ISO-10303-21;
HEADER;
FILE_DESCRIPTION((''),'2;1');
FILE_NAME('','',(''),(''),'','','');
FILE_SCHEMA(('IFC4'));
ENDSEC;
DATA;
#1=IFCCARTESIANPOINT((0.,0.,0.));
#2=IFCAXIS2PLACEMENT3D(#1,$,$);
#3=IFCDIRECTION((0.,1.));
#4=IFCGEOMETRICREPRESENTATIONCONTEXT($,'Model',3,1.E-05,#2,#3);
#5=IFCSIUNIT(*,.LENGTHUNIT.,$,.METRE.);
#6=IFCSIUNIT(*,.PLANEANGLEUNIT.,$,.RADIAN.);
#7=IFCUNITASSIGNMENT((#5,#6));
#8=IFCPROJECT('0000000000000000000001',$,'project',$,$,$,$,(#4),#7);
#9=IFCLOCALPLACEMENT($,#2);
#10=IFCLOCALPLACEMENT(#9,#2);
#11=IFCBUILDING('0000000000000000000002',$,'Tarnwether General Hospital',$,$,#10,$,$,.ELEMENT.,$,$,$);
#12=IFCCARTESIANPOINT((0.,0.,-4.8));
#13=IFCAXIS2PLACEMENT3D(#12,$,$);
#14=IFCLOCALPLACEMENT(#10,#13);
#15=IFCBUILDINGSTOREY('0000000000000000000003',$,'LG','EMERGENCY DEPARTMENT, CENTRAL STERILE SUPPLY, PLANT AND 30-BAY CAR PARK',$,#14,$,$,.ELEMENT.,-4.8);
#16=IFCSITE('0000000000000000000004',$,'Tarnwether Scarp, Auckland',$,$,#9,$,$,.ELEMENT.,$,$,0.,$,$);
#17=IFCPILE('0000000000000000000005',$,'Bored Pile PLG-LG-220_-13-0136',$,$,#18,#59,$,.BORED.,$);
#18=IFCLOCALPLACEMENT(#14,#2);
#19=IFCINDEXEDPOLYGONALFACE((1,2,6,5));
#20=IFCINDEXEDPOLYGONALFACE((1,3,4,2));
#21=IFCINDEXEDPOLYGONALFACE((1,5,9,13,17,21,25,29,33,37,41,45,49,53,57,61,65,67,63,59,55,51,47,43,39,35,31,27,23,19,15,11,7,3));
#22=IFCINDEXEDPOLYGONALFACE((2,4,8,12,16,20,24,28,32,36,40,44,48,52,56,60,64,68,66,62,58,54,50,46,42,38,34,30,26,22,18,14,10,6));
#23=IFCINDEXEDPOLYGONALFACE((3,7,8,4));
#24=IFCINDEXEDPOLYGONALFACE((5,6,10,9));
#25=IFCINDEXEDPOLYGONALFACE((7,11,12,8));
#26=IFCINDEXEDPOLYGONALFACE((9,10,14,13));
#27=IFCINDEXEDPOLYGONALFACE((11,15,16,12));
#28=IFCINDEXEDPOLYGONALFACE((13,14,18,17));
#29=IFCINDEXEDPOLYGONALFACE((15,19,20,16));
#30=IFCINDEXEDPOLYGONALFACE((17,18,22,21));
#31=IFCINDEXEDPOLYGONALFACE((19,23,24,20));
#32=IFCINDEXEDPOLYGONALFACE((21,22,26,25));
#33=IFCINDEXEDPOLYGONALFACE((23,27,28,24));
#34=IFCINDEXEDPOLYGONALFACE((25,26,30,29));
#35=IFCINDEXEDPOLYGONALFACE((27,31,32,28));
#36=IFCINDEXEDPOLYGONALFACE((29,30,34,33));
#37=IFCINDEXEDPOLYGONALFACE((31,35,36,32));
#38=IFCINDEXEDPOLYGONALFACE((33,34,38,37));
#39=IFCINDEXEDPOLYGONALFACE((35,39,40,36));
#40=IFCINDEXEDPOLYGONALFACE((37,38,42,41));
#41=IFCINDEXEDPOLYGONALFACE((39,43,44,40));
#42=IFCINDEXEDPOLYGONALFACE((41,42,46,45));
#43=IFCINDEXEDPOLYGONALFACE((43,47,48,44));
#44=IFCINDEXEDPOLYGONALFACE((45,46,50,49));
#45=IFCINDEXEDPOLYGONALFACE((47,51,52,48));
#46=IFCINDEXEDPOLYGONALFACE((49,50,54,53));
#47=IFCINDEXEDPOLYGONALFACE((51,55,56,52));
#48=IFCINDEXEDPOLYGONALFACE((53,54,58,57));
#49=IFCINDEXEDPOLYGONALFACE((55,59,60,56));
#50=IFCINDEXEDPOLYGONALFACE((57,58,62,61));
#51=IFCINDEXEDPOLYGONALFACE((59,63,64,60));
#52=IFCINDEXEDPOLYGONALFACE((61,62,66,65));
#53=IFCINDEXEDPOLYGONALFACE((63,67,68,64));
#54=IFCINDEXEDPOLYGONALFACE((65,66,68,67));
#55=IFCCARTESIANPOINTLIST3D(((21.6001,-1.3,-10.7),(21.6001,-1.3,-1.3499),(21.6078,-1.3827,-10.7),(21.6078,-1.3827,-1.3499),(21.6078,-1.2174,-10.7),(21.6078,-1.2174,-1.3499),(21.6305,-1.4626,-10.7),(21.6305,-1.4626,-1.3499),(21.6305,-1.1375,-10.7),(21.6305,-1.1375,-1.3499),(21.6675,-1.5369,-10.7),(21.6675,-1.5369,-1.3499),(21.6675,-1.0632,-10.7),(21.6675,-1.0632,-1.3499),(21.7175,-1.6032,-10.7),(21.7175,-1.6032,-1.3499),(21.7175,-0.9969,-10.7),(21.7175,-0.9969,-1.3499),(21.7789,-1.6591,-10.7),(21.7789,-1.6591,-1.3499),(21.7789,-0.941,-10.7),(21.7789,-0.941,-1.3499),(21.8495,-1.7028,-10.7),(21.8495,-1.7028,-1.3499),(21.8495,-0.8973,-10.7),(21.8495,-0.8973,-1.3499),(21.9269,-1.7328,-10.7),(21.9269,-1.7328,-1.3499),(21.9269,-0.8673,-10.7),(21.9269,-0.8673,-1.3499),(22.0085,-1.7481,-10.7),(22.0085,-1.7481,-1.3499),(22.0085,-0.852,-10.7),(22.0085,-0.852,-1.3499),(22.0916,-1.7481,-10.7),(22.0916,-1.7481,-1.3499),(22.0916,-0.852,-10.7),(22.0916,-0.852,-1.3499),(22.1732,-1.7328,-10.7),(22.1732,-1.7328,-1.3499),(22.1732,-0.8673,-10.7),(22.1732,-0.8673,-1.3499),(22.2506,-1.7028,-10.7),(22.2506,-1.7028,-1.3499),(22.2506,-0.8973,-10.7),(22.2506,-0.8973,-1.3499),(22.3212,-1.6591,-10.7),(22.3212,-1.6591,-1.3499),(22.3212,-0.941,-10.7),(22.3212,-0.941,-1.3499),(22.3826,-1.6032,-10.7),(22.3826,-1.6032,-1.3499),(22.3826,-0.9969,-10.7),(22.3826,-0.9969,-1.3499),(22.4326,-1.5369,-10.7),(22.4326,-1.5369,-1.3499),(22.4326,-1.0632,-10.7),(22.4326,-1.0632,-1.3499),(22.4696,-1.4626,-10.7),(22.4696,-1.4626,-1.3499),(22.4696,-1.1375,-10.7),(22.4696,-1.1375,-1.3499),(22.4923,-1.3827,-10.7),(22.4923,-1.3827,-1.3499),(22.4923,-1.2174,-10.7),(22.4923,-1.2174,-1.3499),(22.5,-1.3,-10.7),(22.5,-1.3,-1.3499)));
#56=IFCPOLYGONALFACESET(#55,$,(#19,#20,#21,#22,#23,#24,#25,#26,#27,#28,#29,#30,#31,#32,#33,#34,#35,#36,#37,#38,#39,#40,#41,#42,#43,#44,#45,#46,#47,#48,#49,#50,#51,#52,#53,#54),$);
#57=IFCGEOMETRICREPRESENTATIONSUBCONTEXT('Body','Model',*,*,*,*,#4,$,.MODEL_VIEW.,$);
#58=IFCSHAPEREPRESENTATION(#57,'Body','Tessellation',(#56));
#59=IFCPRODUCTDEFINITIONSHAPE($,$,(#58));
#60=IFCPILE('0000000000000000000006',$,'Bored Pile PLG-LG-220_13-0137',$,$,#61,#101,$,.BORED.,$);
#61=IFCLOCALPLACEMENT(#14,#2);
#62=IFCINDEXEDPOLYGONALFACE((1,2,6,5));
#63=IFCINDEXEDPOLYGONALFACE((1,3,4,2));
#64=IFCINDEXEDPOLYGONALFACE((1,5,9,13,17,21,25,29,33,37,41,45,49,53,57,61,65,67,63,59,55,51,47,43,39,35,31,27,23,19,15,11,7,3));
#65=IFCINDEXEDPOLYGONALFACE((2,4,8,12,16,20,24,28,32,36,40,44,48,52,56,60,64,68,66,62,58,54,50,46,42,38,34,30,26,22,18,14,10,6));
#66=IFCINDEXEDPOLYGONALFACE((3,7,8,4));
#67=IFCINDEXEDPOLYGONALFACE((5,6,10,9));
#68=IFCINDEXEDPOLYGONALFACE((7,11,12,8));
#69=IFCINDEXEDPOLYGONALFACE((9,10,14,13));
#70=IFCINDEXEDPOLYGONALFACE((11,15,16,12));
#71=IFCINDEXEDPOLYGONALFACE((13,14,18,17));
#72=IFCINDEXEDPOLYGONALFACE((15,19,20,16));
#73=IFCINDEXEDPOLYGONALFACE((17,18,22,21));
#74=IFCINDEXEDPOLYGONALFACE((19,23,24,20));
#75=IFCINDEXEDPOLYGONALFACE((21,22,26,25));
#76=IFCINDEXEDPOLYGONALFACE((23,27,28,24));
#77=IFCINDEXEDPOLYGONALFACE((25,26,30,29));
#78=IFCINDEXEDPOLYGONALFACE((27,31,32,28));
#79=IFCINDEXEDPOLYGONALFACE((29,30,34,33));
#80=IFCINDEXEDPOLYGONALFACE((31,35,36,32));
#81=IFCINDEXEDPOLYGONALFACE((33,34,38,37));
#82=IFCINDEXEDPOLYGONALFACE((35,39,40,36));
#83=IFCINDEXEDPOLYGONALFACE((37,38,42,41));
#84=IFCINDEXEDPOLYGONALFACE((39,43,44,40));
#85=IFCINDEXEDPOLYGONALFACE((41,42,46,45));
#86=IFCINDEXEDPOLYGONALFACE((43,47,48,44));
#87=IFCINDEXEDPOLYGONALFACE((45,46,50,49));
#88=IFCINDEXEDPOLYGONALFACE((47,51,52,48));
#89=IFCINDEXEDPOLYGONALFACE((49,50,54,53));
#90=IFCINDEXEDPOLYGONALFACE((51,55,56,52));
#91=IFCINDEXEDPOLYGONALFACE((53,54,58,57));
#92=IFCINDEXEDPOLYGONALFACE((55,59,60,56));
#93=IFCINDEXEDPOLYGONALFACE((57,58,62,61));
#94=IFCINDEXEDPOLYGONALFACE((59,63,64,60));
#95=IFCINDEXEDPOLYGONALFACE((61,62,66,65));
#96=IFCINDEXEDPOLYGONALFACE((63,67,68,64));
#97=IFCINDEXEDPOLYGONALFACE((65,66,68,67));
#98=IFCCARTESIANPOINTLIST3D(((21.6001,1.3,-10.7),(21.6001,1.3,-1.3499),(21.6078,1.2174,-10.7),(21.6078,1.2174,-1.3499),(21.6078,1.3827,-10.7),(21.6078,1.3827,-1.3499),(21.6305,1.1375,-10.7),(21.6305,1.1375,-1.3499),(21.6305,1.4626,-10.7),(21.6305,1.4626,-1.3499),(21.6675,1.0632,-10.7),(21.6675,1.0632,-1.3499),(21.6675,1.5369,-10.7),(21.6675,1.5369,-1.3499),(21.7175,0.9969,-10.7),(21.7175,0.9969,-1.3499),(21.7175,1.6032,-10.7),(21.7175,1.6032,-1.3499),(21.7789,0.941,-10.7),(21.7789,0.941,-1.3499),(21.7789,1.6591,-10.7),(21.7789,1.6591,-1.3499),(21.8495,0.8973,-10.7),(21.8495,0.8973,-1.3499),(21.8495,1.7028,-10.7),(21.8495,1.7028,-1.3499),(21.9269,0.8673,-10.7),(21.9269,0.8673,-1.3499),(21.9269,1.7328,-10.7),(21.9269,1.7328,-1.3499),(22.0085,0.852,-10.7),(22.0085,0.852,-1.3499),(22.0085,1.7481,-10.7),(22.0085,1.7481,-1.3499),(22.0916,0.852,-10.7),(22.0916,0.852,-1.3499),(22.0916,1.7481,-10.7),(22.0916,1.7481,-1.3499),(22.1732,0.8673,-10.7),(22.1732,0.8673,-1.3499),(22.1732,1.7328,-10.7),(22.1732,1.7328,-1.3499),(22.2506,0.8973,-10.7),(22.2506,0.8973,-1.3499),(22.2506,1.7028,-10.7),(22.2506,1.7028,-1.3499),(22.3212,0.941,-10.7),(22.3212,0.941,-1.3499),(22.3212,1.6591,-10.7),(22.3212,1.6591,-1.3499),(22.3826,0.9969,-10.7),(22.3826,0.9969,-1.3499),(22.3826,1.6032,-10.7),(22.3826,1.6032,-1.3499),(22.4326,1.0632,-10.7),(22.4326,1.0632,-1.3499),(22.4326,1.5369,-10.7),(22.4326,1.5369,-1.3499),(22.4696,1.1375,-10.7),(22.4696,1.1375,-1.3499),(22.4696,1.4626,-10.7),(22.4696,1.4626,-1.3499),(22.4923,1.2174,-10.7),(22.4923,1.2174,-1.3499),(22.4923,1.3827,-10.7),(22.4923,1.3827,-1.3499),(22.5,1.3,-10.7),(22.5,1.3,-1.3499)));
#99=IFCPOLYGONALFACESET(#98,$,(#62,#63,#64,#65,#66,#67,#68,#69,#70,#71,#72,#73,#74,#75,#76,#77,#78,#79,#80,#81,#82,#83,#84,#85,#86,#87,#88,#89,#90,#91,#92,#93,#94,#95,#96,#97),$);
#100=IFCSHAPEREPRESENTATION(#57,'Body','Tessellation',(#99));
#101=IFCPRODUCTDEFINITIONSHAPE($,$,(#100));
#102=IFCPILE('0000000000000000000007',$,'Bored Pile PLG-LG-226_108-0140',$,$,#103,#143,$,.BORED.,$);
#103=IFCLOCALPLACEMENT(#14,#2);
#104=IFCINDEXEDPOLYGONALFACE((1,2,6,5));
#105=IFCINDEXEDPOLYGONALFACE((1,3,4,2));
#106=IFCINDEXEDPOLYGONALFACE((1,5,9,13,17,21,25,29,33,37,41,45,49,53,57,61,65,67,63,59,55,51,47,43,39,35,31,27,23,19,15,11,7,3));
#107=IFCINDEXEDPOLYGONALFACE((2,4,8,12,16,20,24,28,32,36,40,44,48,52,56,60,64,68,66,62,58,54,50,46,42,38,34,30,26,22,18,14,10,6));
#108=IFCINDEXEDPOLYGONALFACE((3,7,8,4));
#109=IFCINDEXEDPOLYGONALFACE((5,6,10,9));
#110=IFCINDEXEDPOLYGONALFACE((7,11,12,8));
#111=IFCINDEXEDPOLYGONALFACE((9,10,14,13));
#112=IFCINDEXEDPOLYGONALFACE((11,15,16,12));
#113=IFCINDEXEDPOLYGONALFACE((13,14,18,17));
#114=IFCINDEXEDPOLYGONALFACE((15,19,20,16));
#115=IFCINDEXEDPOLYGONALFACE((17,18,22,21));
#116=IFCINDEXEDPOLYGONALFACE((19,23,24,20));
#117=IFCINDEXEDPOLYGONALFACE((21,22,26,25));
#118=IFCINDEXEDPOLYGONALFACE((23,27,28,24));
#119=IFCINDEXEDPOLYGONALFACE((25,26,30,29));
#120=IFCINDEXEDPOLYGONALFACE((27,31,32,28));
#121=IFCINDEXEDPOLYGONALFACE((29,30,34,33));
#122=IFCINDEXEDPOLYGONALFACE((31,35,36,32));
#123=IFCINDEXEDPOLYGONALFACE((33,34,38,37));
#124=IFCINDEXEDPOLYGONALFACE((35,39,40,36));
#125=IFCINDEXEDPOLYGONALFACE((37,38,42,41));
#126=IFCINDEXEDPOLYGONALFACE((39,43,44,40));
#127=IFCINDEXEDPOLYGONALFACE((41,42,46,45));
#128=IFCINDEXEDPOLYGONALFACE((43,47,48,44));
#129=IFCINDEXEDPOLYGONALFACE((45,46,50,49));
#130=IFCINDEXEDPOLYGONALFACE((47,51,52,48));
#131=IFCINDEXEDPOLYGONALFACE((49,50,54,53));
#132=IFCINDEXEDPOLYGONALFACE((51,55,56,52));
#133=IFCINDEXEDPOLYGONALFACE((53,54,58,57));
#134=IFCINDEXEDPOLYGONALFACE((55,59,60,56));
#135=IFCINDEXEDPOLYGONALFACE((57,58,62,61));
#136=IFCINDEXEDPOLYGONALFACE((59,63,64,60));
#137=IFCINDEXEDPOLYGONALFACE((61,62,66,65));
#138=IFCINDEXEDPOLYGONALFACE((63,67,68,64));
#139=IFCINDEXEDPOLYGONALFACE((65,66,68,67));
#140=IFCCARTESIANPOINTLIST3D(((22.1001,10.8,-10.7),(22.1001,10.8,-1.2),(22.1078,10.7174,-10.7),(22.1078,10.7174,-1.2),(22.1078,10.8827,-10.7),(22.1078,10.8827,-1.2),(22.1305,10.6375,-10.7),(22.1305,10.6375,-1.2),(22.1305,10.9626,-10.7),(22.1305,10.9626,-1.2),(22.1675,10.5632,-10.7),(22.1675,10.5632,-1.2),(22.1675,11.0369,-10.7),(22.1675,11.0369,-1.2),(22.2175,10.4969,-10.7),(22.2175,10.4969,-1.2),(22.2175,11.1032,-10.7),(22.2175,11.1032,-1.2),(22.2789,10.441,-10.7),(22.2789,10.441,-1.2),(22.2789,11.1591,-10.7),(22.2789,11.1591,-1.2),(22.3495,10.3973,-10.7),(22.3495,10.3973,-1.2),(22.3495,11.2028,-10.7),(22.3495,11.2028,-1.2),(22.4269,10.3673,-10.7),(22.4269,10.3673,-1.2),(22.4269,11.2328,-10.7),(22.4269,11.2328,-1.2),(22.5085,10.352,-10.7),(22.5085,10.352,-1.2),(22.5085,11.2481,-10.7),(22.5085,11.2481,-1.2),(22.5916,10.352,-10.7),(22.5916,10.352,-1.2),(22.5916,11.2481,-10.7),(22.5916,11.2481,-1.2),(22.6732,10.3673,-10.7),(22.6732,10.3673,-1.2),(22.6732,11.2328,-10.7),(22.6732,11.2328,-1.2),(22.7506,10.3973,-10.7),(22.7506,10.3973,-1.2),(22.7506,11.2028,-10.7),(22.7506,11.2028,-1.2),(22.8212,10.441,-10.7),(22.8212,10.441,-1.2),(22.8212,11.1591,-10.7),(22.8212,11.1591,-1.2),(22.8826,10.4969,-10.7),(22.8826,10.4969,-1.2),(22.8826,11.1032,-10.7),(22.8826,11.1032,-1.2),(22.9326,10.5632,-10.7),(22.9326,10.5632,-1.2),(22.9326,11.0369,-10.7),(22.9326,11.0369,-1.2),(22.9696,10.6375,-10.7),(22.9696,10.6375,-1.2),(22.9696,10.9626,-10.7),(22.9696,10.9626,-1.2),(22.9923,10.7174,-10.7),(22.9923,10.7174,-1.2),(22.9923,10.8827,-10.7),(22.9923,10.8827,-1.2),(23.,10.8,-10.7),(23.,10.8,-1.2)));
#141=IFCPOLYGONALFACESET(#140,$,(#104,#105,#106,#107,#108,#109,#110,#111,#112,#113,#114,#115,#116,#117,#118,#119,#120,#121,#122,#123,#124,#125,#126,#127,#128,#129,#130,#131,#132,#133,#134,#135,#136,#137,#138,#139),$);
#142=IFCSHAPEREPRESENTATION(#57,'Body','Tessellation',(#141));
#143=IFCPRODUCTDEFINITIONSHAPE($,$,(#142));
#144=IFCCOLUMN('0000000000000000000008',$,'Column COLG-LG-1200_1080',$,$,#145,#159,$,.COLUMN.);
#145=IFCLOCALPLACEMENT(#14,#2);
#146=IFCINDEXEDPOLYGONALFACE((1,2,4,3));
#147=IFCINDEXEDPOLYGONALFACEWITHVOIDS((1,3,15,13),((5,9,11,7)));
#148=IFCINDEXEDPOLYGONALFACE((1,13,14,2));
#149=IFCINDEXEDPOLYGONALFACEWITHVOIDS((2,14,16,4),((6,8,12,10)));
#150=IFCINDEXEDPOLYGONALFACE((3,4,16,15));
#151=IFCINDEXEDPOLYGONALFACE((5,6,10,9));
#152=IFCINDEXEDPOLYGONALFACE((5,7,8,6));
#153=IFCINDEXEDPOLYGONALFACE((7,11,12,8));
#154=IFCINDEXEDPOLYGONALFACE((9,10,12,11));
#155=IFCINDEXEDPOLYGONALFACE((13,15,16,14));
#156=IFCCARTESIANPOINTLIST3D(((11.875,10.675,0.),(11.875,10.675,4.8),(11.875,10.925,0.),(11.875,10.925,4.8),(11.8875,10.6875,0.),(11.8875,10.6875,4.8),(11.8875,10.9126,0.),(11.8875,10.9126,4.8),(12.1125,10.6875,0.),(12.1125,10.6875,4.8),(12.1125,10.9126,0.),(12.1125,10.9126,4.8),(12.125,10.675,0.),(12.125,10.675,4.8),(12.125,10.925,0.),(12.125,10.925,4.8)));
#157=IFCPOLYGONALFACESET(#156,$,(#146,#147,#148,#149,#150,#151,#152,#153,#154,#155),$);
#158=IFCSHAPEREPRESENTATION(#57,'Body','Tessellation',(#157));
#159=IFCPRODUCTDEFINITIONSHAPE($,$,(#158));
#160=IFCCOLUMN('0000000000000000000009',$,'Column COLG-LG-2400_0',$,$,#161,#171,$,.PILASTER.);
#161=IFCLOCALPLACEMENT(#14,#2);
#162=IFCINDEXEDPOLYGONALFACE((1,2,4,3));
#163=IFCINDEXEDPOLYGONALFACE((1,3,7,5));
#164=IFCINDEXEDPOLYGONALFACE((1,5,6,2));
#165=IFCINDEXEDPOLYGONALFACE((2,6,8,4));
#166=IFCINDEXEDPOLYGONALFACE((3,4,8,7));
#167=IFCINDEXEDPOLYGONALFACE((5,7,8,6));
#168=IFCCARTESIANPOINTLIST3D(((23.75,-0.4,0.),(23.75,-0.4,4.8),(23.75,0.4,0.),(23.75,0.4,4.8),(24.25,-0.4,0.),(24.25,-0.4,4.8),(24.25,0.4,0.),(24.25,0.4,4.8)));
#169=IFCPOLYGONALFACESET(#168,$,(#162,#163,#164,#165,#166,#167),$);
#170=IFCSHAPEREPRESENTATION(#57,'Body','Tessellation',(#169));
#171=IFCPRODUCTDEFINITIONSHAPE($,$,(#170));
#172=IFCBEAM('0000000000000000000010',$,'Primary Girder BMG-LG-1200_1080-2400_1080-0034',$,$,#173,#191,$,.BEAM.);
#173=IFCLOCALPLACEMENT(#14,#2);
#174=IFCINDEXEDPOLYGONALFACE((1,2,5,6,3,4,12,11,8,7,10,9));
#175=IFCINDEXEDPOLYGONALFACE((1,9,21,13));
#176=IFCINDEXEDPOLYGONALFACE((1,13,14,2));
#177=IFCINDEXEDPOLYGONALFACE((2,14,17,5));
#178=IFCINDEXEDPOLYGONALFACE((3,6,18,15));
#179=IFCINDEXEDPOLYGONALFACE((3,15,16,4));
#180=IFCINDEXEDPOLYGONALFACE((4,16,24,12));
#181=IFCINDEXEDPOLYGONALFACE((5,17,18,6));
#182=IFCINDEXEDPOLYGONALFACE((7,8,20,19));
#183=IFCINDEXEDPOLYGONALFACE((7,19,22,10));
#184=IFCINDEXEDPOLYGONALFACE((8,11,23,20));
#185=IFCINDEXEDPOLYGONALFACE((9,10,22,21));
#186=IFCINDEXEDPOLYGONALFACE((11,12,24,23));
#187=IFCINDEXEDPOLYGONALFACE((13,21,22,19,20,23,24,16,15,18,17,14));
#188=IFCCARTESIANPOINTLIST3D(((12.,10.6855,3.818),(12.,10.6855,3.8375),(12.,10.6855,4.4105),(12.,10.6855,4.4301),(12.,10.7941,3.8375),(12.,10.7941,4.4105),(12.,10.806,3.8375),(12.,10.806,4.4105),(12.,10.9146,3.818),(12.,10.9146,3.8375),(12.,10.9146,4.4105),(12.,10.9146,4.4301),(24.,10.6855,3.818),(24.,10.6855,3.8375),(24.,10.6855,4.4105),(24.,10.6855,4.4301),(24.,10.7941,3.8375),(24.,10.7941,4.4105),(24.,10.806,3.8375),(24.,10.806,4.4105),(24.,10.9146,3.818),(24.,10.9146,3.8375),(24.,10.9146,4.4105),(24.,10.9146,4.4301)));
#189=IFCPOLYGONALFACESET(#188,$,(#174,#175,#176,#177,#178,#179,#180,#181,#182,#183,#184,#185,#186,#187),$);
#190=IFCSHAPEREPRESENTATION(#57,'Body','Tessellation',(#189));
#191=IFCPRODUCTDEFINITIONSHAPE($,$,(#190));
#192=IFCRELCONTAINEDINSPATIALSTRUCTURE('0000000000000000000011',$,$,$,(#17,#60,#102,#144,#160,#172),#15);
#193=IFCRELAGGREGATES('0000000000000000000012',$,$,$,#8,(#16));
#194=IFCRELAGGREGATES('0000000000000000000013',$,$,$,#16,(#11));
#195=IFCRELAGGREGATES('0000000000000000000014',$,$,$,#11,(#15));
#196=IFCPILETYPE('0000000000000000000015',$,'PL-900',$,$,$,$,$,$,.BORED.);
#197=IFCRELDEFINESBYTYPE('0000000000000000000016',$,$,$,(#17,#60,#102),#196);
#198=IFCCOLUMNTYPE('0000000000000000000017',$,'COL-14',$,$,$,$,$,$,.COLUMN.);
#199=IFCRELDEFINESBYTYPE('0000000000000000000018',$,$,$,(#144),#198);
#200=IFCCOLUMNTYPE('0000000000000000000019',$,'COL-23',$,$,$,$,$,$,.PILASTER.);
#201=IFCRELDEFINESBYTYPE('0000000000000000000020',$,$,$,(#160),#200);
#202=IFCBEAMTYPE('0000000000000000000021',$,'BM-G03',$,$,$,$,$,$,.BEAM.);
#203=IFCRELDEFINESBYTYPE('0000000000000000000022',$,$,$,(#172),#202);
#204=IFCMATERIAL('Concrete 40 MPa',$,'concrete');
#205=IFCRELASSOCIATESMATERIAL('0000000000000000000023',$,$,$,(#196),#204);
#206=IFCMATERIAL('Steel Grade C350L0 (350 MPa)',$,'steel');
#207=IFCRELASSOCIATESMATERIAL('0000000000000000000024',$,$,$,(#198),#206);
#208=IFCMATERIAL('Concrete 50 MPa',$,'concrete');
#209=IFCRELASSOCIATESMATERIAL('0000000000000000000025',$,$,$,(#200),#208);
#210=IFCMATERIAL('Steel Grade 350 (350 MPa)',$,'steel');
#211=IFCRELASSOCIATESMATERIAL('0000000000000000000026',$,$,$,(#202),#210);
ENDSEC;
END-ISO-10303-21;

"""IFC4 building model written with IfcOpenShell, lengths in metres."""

from ifc_helpers import new_model, si_unit, direction, frame, origin, origin_2d, place, context, subcontext, project, spatial, rectangle, hollow_rectangle, circle, i_section, extrude, material, material_profile, profile_set, type_object, element, save


model = new_model("IFC4")

# Units and contexts
model_context = context("Model", 3, precision=1e-05, world=origin(), true_north=direction((0.0, 1.0)))
body_context = subcontext(model_context, "Body", "Model", "MODEL_VIEW")
ifc_project = project(units=[si_unit("LENGTHUNIT", "METRE"), si_unit("PLANEANGLEUNIT", "RADIAN")], contexts=[model_context])

# Site, building, storey
site_placement = place(None, origin())
site = spatial("IfcSite", under=ifc_project, at=site_placement, Name="Tarnwether Scarp, Auckland", CompositionType="ELEMENT", RefElevation=0.0)
building_placement = place(site_placement, origin())
building = spatial("IfcBuilding", under=site, at=building_placement, Name="Tarnwether General Hospital", CompositionType="ELEMENT")
storey_placement = place(building_placement, frame((0.0, 0.0, -4.8)))
storey = spatial("IfcBuildingStorey", under=building, at=storey_placement, Name="LG", Description="EMERGENCY DEPARTMENT, CENTRAL STERILE SUPPLY, PLANT AND 30-BAY CAR PARK", CompositionType="ELEMENT", Elevation=-4.8)

# Piles
ifc_material_1 = material(Name="Concrete 40 MPa", Category="concrete")
ifc_material_profile_1 = material_profile(ifc_material_1, circle(Radius=0.45, at=origin_2d()), Name="PILE-D900")
ifc_profile_set_1 = profile_set([ifc_material_profile_1], Name="Concrete 40 MPa")
pile_type_1 = type_object("IfcPileType", Name="PL-900", PredefinedType="BORED", material=ifc_profile_set_1)
for number, where, z_axis, x_axis, name in (
    (1, (22.05, -1.3, -1.3499), (0.0, 0.0, -1.0), (1.0, 0.0, 0.0), "Bored Pile PLG-LG-220_-13-0136"),
    (2, (22.05, 1.3, -1.3499), (0.0, 0.0, -1.0), (1.0, 0.0, 0.0), "Bored Pile PLG-LG-220_13-0137"),
):
    element("IfcPile", number, at=place(storey_placement, frame(where, z_axis=z_axis, x_axis=x_axis)), inside=storey, type_object=pile_type_1, Name=name, PredefinedType="BORED", context=body_context, shape_type="SweptSolid", body=[
        extrude(circle(Radius=0.45, at=origin_2d()), origin(), (0.0, 0.0, 1.0), 9.3501),
    ])
pile_1_placement = place(storey_placement, frame((22.55, 10.8, -1.2), z_axis=(0.0, 0.0, -1.0), x_axis=(1.0, 0.0, 0.0)))
element("IfcPile", 3, at=pile_1_placement, inside=storey, type_object=pile_type_1, Name="Bored Pile PLG-LG-226_108-0140", PredefinedType="BORED", context=body_context, shape_type="SweptSolid", body=[
    extrude(circle(Radius=0.45, at=origin_2d()), origin(), (0.0, 0.0, 1.0), 9.5),
])

# Columns
ifc_material_2 = material(Name="Steel Grade C350L0 (350 MPa)", Category="steel")
ifc_material_profile_2 = material_profile(ifc_material_2, hollow_rectangle(XDim=0.25, YDim=0.25, WallThickness=0.0125, at=origin_2d()), Name="SHS250x250x12.5")
ifc_profile_set_2 = profile_set([ifc_material_profile_2], Name="Steel Grade C350L0 (350 MPa)")
column_type_1 = type_object("IfcColumnType", Name="COL-14", PredefinedType="COLUMN", material=ifc_profile_set_2)
column_1_placement = place(storey_placement, frame((12.0, 10.8, 0.0), z_axis=(0.0, 0.0, 1.0), x_axis=(0.0, 1.0, 0.0)))
element("IfcColumn", 4, at=column_1_placement, inside=storey, type_object=column_type_1, Name="Column COLG-LG-1200_1080", PredefinedType="COLUMN", context=body_context, shape_type="SweptSolid", body=[
    extrude(hollow_rectangle(XDim=0.25, YDim=0.25, WallThickness=0.0125, at=origin_2d()), origin(), (0.0, 0.0, 1.0), 4.8),
])
ifc_material_3 = material(Name="Concrete 50 MPa", Category="concrete")
ifc_material_profile_3 = material_profile(ifc_material_3, rectangle(XDim=0.5, YDim=0.8, at=origin_2d()), Name="RC-PIL-500x800")
ifc_profile_set_3 = profile_set([ifc_material_profile_3], Name="Concrete 50 MPa")
column_type_2 = type_object("IfcColumnType", Name="COL-23", PredefinedType="PILASTER", material=ifc_profile_set_3)
column_2_placement = place(storey_placement, frame((24.0, 0.0, 0.0), z_axis=(0.0, 0.0, 1.0), x_axis=(1.0, 0.0, 0.0)))
element("IfcColumn", 5, at=column_2_placement, inside=storey, type_object=column_type_2, Name="Column COLG-LG-2400_0", PredefinedType="PILASTER", context=body_context, shape_type="SweptSolid", body=[
    extrude(rectangle(XDim=0.5, YDim=0.8, at=origin_2d()), origin(), (0.0, 0.0, 1.0), 4.8),
])

# Beam
ifc_material_4 = material(Name="Steel Grade 350 (350 MPa)", Category="steel")
ifc_material_profile_4 = material_profile(ifc_material_4, i_section(OverallWidth=0.229, OverallDepth=0.6121, WebThickness=0.012, FlangeThickness=0.0195, at=origin_2d()), Name="610UB125")
ifc_profile_set_4 = profile_set([ifc_material_profile_4], Name="Steel Grade 350 (350 MPa)")
beam_type_1 = type_object("IfcBeamType", Name="BM-G03", PredefinedType="BEAM", material=ifc_profile_set_4)
beam_1_placement = place(storey_placement, frame((12.0, 10.8, 4.124), z_axis=(1.0, 0.0, 0.0), x_axis=(0.0, 1.0, 0.0)))
element("IfcBeam", 6, at=beam_1_placement, inside=storey, type_object=beam_type_1, Name="Primary Girder BMG-LG-1200_1080-2400_1080-0034", PredefinedType="BEAM", context=body_context, shape_type="SweptSolid", body=[
    extrude(i_section(OverallWidth=0.229, OverallDepth=0.6121, WebThickness=0.012, FlangeThickness=0.0195, at=origin_2d()), origin(), (0.0, 0.0, 1.0), 12.0),
])

save(model, "model.ifc")
